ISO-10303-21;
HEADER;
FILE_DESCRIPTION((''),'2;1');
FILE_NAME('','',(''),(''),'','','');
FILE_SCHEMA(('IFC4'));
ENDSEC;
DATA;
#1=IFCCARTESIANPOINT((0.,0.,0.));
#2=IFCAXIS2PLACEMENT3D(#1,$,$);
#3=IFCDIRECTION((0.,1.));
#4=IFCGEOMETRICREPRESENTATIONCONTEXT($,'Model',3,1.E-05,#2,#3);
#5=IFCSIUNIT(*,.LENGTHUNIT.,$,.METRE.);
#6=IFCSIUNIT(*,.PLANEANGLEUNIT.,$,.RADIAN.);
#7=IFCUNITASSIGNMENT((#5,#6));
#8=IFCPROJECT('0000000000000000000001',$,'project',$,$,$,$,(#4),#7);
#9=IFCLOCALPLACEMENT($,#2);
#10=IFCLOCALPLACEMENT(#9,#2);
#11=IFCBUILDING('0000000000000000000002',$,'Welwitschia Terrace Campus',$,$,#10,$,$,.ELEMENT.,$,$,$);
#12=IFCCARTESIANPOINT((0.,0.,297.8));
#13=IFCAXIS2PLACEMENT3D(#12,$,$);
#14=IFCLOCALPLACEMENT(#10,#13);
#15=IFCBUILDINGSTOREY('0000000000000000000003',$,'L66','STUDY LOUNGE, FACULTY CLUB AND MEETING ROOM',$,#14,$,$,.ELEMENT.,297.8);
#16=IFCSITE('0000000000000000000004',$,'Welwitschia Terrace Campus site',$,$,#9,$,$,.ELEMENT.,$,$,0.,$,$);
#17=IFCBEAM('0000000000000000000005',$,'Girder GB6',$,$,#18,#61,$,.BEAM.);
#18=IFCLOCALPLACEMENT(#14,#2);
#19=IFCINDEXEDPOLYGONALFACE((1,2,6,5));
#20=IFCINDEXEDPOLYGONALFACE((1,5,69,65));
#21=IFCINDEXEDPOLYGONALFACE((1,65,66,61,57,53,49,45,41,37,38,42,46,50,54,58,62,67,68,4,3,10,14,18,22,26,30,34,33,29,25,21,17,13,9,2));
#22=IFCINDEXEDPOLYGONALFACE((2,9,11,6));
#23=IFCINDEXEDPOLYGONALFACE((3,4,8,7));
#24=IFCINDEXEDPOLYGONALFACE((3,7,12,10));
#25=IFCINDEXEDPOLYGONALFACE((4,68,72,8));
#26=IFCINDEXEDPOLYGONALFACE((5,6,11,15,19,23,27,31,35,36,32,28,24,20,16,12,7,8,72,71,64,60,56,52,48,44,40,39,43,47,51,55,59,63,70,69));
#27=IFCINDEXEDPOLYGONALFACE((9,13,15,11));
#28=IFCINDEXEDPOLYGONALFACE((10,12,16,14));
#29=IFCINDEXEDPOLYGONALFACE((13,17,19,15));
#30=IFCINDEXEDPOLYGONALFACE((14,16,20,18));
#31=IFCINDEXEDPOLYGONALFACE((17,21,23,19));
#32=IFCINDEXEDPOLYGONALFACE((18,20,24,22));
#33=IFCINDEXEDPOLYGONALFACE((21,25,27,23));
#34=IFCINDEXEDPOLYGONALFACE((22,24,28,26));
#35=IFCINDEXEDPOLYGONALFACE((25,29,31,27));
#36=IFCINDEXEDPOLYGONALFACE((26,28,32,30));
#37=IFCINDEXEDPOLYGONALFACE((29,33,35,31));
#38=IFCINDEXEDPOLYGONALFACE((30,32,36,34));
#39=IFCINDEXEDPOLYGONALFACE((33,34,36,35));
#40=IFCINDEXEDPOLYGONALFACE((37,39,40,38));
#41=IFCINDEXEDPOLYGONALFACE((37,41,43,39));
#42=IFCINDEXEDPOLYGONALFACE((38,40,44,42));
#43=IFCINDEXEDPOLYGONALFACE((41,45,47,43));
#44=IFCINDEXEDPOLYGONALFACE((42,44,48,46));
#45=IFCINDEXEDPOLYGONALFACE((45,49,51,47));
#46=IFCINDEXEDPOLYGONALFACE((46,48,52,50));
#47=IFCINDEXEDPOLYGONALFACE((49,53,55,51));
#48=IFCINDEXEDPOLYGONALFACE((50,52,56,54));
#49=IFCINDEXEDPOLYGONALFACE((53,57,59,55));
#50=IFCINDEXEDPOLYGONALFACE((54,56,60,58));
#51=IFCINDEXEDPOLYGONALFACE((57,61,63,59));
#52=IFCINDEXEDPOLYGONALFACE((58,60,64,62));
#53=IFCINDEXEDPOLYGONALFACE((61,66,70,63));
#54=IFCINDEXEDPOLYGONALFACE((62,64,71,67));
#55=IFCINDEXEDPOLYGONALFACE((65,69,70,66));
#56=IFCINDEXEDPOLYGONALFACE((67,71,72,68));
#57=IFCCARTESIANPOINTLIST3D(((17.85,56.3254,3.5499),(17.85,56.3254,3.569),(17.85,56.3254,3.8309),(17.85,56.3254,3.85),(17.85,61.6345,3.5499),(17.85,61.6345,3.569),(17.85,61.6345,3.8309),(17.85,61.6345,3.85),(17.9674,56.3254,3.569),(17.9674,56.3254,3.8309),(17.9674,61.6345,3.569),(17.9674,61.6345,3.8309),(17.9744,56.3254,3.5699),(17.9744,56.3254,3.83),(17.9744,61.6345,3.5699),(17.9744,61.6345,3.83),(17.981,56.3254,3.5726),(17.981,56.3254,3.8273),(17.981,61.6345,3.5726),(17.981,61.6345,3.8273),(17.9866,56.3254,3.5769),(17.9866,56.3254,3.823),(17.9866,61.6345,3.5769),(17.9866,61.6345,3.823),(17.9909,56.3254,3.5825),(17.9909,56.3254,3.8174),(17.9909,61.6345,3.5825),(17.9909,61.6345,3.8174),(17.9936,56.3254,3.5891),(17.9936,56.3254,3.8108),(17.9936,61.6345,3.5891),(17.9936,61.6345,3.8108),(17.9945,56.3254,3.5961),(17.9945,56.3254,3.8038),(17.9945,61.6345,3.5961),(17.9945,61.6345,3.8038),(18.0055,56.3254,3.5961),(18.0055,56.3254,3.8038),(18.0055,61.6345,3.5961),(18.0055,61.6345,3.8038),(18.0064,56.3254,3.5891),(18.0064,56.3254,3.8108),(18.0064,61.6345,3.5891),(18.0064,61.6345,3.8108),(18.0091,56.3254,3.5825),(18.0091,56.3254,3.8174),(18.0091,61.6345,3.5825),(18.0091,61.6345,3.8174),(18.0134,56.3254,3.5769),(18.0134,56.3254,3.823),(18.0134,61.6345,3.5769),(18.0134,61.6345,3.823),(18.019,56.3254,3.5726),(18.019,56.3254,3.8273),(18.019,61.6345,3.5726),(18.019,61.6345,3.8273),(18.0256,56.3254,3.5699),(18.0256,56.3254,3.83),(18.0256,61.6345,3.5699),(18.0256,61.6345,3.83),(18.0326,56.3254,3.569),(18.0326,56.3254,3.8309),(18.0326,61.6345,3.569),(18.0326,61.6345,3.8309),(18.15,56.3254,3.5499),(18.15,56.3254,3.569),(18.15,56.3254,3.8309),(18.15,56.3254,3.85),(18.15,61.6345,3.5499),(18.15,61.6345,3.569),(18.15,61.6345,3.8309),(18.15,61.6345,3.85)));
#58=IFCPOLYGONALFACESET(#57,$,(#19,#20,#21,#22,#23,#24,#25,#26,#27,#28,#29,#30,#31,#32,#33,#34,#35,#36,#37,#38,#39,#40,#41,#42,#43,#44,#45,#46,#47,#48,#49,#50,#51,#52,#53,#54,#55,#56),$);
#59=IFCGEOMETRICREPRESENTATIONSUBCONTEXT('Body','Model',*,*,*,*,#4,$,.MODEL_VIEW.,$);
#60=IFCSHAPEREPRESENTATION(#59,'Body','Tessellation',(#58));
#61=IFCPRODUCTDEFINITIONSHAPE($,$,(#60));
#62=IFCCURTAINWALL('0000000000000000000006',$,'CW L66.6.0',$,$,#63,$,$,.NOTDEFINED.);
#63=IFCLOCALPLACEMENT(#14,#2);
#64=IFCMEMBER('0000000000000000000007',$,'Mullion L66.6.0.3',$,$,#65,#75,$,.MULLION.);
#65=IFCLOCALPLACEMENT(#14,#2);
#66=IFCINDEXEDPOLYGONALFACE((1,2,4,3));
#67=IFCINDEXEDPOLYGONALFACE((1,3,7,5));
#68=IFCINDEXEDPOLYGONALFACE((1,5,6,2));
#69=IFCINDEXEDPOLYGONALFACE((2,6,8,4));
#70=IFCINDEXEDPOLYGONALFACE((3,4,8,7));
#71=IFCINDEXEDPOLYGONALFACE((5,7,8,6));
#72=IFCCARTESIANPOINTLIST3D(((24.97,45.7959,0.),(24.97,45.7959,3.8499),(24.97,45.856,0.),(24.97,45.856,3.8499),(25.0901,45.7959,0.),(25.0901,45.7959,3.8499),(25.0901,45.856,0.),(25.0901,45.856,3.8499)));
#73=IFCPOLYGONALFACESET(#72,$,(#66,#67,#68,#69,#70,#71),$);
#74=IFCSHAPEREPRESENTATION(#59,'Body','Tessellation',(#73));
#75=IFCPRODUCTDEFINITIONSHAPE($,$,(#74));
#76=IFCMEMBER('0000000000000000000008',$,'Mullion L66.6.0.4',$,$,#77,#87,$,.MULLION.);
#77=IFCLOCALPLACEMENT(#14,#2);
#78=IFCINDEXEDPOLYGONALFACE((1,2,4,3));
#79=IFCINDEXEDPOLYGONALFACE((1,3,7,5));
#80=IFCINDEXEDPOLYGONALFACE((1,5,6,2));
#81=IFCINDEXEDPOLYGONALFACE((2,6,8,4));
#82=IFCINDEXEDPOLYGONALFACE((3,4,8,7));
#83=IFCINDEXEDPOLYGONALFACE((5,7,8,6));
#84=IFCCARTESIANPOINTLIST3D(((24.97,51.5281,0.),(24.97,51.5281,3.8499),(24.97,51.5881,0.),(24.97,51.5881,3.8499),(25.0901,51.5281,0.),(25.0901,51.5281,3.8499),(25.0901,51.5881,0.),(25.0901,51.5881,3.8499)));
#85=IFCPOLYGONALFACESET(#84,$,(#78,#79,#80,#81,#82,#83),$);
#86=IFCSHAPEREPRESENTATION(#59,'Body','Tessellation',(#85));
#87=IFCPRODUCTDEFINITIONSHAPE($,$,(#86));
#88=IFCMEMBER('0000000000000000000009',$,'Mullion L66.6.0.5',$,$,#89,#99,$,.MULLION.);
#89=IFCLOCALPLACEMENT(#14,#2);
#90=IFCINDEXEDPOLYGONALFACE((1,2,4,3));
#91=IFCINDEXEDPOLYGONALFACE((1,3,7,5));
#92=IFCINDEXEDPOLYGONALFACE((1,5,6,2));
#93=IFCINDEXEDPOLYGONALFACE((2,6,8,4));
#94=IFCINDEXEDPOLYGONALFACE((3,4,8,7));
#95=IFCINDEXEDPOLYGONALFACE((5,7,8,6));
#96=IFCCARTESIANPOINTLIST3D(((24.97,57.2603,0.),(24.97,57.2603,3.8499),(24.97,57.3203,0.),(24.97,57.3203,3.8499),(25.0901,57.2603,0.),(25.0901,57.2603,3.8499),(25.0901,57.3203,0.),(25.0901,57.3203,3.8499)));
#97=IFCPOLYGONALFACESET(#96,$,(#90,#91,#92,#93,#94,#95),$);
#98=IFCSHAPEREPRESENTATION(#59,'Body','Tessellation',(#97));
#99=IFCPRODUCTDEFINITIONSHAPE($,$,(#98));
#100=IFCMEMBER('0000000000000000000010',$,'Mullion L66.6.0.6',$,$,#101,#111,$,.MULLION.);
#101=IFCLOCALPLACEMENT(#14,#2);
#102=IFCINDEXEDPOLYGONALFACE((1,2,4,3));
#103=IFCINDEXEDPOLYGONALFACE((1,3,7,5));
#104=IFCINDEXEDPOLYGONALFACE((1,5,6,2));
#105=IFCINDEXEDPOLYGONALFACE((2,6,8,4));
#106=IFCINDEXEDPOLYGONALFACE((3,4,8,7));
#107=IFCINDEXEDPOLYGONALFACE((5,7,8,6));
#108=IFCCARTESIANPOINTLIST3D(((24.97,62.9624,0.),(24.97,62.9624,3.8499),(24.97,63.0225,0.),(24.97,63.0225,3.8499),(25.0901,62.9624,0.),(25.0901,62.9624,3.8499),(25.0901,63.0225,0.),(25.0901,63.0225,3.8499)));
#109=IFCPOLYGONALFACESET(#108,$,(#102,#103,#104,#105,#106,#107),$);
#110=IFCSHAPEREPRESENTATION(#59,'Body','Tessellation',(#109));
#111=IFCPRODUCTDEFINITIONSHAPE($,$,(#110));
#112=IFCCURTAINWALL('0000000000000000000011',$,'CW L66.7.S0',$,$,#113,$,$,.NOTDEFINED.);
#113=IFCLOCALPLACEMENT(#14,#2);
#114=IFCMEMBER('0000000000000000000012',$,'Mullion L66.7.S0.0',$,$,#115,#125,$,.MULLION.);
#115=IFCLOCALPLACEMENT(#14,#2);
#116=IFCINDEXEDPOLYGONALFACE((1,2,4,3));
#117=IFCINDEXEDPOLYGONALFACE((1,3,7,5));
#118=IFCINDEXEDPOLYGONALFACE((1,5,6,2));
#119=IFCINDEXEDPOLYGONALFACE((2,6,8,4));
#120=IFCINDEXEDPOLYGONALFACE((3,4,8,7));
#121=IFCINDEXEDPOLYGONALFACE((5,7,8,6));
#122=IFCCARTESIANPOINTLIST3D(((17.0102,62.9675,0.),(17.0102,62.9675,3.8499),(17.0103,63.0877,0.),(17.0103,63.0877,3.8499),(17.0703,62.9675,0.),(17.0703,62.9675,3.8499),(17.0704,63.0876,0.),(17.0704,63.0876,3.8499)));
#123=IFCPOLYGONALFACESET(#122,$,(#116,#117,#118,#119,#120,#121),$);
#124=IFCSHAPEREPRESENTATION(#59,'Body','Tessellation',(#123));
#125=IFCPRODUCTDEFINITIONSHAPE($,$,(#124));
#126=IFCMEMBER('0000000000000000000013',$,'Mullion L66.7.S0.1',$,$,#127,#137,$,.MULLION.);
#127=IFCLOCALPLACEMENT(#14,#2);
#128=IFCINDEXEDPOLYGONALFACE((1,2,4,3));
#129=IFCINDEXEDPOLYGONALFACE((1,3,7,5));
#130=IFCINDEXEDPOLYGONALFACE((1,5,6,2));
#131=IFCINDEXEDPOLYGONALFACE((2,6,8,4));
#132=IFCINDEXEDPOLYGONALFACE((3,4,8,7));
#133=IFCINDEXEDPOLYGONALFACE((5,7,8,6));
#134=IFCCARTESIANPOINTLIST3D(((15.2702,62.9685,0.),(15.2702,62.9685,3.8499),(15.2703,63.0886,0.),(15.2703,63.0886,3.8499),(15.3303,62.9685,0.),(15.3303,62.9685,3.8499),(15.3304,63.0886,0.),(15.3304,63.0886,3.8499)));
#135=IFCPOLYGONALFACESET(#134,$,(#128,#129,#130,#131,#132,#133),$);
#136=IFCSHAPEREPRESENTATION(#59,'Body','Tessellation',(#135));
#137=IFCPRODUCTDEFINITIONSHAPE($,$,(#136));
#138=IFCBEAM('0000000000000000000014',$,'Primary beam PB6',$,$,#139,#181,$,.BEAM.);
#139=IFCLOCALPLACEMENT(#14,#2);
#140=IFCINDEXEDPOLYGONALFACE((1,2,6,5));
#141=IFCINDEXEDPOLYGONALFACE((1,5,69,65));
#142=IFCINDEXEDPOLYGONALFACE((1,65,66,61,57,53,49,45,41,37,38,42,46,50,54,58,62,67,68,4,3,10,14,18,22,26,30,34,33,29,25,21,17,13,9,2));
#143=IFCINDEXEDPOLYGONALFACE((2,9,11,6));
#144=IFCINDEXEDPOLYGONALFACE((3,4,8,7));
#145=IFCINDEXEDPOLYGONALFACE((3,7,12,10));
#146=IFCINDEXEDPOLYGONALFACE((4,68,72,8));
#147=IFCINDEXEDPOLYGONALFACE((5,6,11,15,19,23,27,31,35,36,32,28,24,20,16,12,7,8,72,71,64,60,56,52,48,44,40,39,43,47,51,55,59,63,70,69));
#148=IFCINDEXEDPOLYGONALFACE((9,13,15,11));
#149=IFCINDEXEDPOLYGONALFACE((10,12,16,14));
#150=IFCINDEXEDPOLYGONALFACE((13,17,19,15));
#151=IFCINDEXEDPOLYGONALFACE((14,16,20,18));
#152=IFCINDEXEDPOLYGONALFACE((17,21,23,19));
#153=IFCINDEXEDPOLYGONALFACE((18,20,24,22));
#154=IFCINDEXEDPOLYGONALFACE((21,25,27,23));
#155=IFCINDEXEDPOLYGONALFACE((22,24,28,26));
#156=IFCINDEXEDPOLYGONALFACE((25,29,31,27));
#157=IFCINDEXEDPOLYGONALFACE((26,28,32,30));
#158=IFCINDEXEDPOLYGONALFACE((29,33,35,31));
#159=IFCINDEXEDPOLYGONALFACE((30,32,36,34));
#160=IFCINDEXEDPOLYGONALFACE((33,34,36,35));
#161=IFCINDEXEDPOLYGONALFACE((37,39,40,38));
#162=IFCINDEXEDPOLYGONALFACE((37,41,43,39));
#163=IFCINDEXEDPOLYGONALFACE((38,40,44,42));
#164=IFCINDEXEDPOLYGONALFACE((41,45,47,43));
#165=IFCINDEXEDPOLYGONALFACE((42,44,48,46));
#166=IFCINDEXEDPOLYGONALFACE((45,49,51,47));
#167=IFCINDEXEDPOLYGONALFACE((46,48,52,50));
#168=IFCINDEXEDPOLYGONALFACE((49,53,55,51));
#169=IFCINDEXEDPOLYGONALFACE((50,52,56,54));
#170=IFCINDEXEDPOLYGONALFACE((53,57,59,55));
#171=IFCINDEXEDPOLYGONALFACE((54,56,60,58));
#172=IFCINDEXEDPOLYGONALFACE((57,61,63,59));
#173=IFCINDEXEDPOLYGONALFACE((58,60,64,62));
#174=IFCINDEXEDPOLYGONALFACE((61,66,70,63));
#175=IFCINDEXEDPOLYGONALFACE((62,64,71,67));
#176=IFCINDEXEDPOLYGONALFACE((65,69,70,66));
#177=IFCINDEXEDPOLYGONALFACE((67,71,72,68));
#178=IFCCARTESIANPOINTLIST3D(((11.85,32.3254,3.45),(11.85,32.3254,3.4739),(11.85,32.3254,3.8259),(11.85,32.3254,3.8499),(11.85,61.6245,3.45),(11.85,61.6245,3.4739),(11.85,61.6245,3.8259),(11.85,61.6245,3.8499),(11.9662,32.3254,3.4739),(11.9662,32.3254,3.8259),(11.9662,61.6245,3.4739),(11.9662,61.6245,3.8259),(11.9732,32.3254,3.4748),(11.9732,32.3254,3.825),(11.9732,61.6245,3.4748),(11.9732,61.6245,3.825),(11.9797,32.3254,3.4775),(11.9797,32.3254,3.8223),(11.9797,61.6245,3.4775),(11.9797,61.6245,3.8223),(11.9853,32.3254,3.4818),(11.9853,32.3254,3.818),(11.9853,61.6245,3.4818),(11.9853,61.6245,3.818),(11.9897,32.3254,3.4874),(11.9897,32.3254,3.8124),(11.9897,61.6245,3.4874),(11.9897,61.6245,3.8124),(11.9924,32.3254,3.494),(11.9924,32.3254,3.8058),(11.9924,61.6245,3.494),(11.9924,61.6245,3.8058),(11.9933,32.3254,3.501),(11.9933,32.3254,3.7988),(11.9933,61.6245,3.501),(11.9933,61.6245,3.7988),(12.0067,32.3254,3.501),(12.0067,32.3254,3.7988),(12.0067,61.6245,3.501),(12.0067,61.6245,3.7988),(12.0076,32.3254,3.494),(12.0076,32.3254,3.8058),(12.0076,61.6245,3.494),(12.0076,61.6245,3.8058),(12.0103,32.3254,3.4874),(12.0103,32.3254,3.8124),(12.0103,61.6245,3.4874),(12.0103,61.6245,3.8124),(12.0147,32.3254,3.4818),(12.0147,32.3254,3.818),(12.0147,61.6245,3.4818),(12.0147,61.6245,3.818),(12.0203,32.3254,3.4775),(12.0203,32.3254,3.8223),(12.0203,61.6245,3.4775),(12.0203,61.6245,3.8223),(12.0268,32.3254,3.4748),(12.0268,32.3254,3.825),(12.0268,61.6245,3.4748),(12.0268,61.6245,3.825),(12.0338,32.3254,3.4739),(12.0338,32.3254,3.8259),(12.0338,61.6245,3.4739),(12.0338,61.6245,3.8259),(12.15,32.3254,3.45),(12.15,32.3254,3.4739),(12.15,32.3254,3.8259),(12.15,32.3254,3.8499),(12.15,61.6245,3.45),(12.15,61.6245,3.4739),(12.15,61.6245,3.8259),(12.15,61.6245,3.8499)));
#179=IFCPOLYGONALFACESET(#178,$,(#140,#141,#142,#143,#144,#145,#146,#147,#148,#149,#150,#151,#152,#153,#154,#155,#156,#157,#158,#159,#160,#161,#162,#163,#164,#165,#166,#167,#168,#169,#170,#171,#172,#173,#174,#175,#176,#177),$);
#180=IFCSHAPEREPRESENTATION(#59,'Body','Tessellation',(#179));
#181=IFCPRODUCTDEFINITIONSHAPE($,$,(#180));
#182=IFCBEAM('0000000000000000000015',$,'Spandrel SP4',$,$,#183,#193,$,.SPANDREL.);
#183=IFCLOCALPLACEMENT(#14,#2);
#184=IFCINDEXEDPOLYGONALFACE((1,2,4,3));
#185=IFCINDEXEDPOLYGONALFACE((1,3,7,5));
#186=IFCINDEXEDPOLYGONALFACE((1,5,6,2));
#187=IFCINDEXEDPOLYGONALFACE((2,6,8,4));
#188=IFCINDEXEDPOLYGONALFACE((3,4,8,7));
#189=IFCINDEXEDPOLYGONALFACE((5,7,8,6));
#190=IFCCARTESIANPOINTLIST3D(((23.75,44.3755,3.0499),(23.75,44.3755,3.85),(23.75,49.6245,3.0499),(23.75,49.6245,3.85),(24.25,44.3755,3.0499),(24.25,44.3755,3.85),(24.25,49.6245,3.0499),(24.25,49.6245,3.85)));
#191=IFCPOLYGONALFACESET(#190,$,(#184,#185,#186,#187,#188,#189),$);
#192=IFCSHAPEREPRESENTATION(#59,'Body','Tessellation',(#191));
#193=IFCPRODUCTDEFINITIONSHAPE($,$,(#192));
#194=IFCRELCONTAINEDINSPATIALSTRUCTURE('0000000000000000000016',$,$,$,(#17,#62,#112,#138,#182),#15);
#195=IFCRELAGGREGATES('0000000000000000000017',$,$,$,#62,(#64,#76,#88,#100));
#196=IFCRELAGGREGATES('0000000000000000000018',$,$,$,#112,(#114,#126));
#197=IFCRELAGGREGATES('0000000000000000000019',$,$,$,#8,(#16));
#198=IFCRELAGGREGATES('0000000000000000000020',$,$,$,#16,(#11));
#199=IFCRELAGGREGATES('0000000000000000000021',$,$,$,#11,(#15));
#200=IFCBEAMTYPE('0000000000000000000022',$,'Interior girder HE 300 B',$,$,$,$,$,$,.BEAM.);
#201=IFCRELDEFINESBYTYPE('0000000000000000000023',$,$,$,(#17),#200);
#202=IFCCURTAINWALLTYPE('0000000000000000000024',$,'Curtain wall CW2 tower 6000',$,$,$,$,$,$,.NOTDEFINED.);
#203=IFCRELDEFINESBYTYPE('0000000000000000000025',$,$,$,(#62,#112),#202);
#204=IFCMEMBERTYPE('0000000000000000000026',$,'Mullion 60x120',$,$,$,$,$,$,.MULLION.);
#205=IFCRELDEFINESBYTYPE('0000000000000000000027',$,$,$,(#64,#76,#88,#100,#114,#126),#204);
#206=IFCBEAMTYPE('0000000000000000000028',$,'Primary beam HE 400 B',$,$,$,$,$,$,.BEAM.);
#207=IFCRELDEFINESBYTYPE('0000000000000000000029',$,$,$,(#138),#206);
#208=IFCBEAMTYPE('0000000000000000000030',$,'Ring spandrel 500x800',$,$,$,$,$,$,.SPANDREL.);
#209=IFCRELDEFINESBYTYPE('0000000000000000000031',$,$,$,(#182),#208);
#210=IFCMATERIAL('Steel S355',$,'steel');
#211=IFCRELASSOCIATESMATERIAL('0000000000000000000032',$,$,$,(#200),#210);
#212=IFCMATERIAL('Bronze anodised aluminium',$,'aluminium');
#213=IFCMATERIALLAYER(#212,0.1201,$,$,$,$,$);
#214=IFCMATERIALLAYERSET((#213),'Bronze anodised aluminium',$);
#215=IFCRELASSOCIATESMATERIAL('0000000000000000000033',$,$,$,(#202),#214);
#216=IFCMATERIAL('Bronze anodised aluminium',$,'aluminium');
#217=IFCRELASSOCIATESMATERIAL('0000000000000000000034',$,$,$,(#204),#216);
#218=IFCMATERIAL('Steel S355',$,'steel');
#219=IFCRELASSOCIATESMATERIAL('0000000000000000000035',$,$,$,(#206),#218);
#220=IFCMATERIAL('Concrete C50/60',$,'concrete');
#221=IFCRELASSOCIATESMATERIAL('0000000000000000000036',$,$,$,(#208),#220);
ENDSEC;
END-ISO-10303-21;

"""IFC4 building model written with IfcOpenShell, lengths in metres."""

from ifc_helpers import new_model, si_unit, direction, frame, origin, origin_2d, place, context, subcontext, project, spatial, rectangle, i_section, extrude, material, layer, layer_set, material_profile, profile_set, type_object, element, aggregate, save


model = new_model("IFC4")

# Units and contexts
model_context = context("Model", 3, precision=1e-05, world=origin(), true_north=direction((0.0, 1.0)))
body_context = subcontext(model_context, "Body", "Model", "MODEL_VIEW")
ifc_project = project(units=[si_unit("LENGTHUNIT", "METRE"), si_unit("PLANEANGLEUNIT", "RADIAN")], contexts=[model_context])

# Site, building, storey
site_placement = place(None, origin())
site = spatial("IfcSite", under=ifc_project, at=site_placement, Name="Welwitschia Terrace Campus site", CompositionType="ELEMENT", RefElevation=0.0)
building_placement = place(site_placement, origin())
building = spatial("IfcBuilding", under=site, at=building_placement, Name="Welwitschia Terrace Campus", CompositionType="ELEMENT")
storey_placement = place(building_placement, frame((0.0, 0.0, 297.8)))
storey = spatial("IfcBuildingStorey", under=building, at=storey_placement, Name="L66", Description="STUDY LOUNGE, FACULTY CLUB AND MEETING ROOM", CompositionType="ELEMENT", Elevation=297.8)

# Beam
ifc_material_1 = material(Name="Steel S355", Category="steel")
ifc_material_profile_1 = material_profile(ifc_material_1, i_section(OverallWidth=0.3, OverallDepth=0.3, WebThickness=0.011, FlangeThickness=0.019, FilletRadius=0.0271, at=origin_2d()))
ifc_profile_set_1 = profile_set([ifc_material_profile_1], Name="Steel S355")
beam_type_1 = type_object("IfcBeamType", Name="Interior girder HE 300 B", PredefinedType="BEAM", material=ifc_profile_set_1)
beam_1_placement = place(storey_placement, frame((18.0, 56.3254, 3.7), z_axis=(0.0, 1.0, 0.0), x_axis=(-1.0, 0.0, 0.0)))
element("IfcBeam", 1, at=beam_1_placement, inside=storey, type_object=beam_type_1, Name="Girder GB6", PredefinedType="BEAM", context=body_context, shape_type="SweptSolid", body=[
    extrude(i_section(OverallWidth=0.3, OverallDepth=0.3, WebThickness=0.011, FlangeThickness=0.019, FilletRadius=0.0271, at=origin_2d()), origin(), (0.0, 0.0, 1.0), 5.3091),
])

# Curtain walls, members
ifc_material_2 = material(Name="Bronze anodised aluminium", Category="aluminium")
ifc_layer_1 = layer(ifc_material_2, 0.1201)
ifc_layer_set_1 = layer_set([ifc_layer_1], Name="Bronze anodised aluminium")
curtain_wall_type = type_object("IfcCurtainWallType", Name="Curtain wall CW2 tower 6000", PredefinedType="NOTDEFINED", material=ifc_layer_set_1)
curtain_wall_1_placement = place(storey_placement, origin())
curtain_wall_1 = element("IfcCurtainWall", 2, at=curtain_wall_1_placement, inside=storey, type_object=curtain_wall_type, Name="CW L66.6.0", PredefinedType="NOTDEFINED")
ifc_material_3 = material(Name="Bronze anodised aluminium", Category="aluminium")
ifc_material_profile_2 = material_profile(ifc_material_3, rectangle(XDim=0.1201, YDim=0.0601, at=origin_2d()))
ifc_profile_set_2 = profile_set([ifc_material_profile_2], Name="Bronze anodised aluminium")
member_type_1 = type_object("IfcMemberType", Name="Mullion 60x120", PredefinedType="MULLION", material=ifc_profile_set_2)
member_1_placement = place(storey_placement, frame((25.03, 45.8259, 0.0), z_axis=(0.0, 0.0, 1.0), x_axis=(-1.0, 0.0, 0.0)))
member_1 = element("IfcMember", 3, at=member_1_placement, type_object=member_type_1, Name="Mullion L66.6.0.3", PredefinedType="MULLION", context=body_context, shape_type="SweptSolid", body=[
    extrude(rectangle(XDim=0.1201, YDim=0.0601, at=origin_2d()), origin(), (0.0, 0.0, 1.0), 3.8499),
])
member_2_placement = place(storey_placement, frame((25.03, 51.5581, 0.0), z_axis=(0.0, 0.0, 1.0), x_axis=(-1.0, 0.0, 0.0)))
member_2 = element("IfcMember", 4, at=member_2_placement, type_object=member_type_1, Name="Mullion L66.6.0.4", PredefinedType="MULLION", context=body_context, shape_type="SweptSolid", body=[
    extrude(rectangle(XDim=0.1201, YDim=0.0601, at=origin_2d()), origin(), (0.0, 0.0, 1.0), 3.8499),
])
member_3_placement = place(storey_placement, frame((25.03, 57.2903, 0.0), z_axis=(0.0, 0.0, 1.0), x_axis=(-1.0, 0.0, 0.0)))
member_3 = element("IfcMember", 5, at=member_3_placement, type_object=member_type_1, Name="Mullion L66.6.0.5", PredefinedType="MULLION", context=body_context, shape_type="SweptSolid", body=[
    extrude(rectangle(XDim=0.1201, YDim=0.0601, at=origin_2d()), origin(), (0.0, 0.0, 1.0), 3.8499),
])
member_4_placement = place(storey_placement, frame((25.03, 62.9924, 0.0), z_axis=(0.0, 0.0, 1.0), x_axis=(-1.0, 0.0, 0.0)))
member_4 = element("IfcMember", 6, at=member_4_placement, type_object=member_type_1, Name="Mullion L66.6.0.6", PredefinedType="MULLION", context=body_context, shape_type="SweptSolid", body=[
    extrude(rectangle(XDim=0.1201, YDim=0.0601, at=origin_2d()), origin(), (0.0, 0.0, 1.0), 3.8499),
])
curtain_wall_2_placement = place(storey_placement, origin())
curtain_wall_2 = element("IfcCurtainWall", 7, at=curtain_wall_2_placement, inside=storey, type_object=curtain_wall_type, Name="CW L66.7.S0", PredefinedType="NOTDEFINED")
member_5_placement = place(storey_placement, frame((17.0403, 63.0276, 0.0), z_axis=(0.0, 0.0, 1.0), x_axis=(-0.00064, -1.0, 0.0)))
member_5 = element("IfcMember", 8, at=member_5_placement, type_object=member_type_1, Name="Mullion L66.7.S0.0", PredefinedType="MULLION", context=body_context, shape_type="SweptSolid", body=[
    extrude(rectangle(XDim=0.1201, YDim=0.0601, at=origin_2d()), origin(), (0.0, 0.0, 1.0), 3.8499),
])
member_6_placement = place(storey_placement, frame((15.3003, 63.0286, 0.0), z_axis=(0.0, 0.0, 1.0), x_axis=(-0.00064, -1.0, 0.0)))
member_6 = element("IfcMember", 9, at=member_6_placement, type_object=member_type_1, Name="Mullion L66.7.S0.1", PredefinedType="MULLION", context=body_context, shape_type="SweptSolid", body=[
    extrude(rectangle(XDim=0.1201, YDim=0.0601, at=origin_2d()), origin(), (0.0, 0.0, 1.0), 3.8499),
])

# Beams
ifc_material_4 = material(Name="Steel S355", Category="steel")
ifc_material_profile_3 = material_profile(ifc_material_4, i_section(OverallWidth=0.3, OverallDepth=0.3999, WebThickness=0.0134, FlangeThickness=0.0239, FilletRadius=0.0271, at=origin_2d()))
ifc_profile_set_3 = profile_set([ifc_material_profile_3], Name="Steel S355")
beam_type_2 = type_object("IfcBeamType", Name="Primary beam HE 400 B", PredefinedType="BEAM", material=ifc_profile_set_3)
beam_2_placement = place(storey_placement, frame((12.0, 61.6245, 3.6499), z_axis=(0.0, -1.0, 0.0), x_axis=(1.0, 0.0, 0.0)))
element("IfcBeam", 10, at=beam_2_placement, inside=storey, type_object=beam_type_2, Name="Primary beam PB6", PredefinedType="BEAM", context=body_context, shape_type="SweptSolid", body=[
    extrude(i_section(OverallWidth=0.3, OverallDepth=0.3999, WebThickness=0.0134, FlangeThickness=0.0239, FilletRadius=0.0271, at=origin_2d()), origin(), (0.0, 0.0, 1.0), 29.2991),
])
ifc_material_5 = material(Name="Concrete C50/60", Category="concrete")
ifc_material_profile_4 = material_profile(ifc_material_5, rectangle(XDim=0.5, YDim=0.8, at=origin_2d()))
ifc_profile_set_4 = profile_set([ifc_material_profile_4], Name="Concrete C50/60")
beam_type_3 = type_object("IfcBeamType", Name="Ring spandrel 500x800", PredefinedType="SPANDREL", material=ifc_profile_set_4)
for number, where, z_axis, x_axis, name in (
    (11, (24.0, 44.3755, 3.45), (0.0, 1.0, 0.0), (-1.0, 0.0, 0.0), "Spandrel SP4"),
):
    element("IfcBeam", number, at=place(storey_placement, frame(where, z_axis=z_axis, x_axis=x_axis)), inside=storey, type_object=beam_type_3, Name=name, PredefinedType="SPANDREL", context=body_context, shape_type="SweptSolid", body=[
        extrude(rectangle(XDim=0.5, YDim=0.8, at=origin_2d()), origin(), (0.0, 0.0, 1.0), 5.249),
    ])

aggregate(curtain_wall_1, [member_1, member_2, member_3, member_4])
aggregate(curtain_wall_2, [member_5, member_6])

save(model, "model.ifc")
